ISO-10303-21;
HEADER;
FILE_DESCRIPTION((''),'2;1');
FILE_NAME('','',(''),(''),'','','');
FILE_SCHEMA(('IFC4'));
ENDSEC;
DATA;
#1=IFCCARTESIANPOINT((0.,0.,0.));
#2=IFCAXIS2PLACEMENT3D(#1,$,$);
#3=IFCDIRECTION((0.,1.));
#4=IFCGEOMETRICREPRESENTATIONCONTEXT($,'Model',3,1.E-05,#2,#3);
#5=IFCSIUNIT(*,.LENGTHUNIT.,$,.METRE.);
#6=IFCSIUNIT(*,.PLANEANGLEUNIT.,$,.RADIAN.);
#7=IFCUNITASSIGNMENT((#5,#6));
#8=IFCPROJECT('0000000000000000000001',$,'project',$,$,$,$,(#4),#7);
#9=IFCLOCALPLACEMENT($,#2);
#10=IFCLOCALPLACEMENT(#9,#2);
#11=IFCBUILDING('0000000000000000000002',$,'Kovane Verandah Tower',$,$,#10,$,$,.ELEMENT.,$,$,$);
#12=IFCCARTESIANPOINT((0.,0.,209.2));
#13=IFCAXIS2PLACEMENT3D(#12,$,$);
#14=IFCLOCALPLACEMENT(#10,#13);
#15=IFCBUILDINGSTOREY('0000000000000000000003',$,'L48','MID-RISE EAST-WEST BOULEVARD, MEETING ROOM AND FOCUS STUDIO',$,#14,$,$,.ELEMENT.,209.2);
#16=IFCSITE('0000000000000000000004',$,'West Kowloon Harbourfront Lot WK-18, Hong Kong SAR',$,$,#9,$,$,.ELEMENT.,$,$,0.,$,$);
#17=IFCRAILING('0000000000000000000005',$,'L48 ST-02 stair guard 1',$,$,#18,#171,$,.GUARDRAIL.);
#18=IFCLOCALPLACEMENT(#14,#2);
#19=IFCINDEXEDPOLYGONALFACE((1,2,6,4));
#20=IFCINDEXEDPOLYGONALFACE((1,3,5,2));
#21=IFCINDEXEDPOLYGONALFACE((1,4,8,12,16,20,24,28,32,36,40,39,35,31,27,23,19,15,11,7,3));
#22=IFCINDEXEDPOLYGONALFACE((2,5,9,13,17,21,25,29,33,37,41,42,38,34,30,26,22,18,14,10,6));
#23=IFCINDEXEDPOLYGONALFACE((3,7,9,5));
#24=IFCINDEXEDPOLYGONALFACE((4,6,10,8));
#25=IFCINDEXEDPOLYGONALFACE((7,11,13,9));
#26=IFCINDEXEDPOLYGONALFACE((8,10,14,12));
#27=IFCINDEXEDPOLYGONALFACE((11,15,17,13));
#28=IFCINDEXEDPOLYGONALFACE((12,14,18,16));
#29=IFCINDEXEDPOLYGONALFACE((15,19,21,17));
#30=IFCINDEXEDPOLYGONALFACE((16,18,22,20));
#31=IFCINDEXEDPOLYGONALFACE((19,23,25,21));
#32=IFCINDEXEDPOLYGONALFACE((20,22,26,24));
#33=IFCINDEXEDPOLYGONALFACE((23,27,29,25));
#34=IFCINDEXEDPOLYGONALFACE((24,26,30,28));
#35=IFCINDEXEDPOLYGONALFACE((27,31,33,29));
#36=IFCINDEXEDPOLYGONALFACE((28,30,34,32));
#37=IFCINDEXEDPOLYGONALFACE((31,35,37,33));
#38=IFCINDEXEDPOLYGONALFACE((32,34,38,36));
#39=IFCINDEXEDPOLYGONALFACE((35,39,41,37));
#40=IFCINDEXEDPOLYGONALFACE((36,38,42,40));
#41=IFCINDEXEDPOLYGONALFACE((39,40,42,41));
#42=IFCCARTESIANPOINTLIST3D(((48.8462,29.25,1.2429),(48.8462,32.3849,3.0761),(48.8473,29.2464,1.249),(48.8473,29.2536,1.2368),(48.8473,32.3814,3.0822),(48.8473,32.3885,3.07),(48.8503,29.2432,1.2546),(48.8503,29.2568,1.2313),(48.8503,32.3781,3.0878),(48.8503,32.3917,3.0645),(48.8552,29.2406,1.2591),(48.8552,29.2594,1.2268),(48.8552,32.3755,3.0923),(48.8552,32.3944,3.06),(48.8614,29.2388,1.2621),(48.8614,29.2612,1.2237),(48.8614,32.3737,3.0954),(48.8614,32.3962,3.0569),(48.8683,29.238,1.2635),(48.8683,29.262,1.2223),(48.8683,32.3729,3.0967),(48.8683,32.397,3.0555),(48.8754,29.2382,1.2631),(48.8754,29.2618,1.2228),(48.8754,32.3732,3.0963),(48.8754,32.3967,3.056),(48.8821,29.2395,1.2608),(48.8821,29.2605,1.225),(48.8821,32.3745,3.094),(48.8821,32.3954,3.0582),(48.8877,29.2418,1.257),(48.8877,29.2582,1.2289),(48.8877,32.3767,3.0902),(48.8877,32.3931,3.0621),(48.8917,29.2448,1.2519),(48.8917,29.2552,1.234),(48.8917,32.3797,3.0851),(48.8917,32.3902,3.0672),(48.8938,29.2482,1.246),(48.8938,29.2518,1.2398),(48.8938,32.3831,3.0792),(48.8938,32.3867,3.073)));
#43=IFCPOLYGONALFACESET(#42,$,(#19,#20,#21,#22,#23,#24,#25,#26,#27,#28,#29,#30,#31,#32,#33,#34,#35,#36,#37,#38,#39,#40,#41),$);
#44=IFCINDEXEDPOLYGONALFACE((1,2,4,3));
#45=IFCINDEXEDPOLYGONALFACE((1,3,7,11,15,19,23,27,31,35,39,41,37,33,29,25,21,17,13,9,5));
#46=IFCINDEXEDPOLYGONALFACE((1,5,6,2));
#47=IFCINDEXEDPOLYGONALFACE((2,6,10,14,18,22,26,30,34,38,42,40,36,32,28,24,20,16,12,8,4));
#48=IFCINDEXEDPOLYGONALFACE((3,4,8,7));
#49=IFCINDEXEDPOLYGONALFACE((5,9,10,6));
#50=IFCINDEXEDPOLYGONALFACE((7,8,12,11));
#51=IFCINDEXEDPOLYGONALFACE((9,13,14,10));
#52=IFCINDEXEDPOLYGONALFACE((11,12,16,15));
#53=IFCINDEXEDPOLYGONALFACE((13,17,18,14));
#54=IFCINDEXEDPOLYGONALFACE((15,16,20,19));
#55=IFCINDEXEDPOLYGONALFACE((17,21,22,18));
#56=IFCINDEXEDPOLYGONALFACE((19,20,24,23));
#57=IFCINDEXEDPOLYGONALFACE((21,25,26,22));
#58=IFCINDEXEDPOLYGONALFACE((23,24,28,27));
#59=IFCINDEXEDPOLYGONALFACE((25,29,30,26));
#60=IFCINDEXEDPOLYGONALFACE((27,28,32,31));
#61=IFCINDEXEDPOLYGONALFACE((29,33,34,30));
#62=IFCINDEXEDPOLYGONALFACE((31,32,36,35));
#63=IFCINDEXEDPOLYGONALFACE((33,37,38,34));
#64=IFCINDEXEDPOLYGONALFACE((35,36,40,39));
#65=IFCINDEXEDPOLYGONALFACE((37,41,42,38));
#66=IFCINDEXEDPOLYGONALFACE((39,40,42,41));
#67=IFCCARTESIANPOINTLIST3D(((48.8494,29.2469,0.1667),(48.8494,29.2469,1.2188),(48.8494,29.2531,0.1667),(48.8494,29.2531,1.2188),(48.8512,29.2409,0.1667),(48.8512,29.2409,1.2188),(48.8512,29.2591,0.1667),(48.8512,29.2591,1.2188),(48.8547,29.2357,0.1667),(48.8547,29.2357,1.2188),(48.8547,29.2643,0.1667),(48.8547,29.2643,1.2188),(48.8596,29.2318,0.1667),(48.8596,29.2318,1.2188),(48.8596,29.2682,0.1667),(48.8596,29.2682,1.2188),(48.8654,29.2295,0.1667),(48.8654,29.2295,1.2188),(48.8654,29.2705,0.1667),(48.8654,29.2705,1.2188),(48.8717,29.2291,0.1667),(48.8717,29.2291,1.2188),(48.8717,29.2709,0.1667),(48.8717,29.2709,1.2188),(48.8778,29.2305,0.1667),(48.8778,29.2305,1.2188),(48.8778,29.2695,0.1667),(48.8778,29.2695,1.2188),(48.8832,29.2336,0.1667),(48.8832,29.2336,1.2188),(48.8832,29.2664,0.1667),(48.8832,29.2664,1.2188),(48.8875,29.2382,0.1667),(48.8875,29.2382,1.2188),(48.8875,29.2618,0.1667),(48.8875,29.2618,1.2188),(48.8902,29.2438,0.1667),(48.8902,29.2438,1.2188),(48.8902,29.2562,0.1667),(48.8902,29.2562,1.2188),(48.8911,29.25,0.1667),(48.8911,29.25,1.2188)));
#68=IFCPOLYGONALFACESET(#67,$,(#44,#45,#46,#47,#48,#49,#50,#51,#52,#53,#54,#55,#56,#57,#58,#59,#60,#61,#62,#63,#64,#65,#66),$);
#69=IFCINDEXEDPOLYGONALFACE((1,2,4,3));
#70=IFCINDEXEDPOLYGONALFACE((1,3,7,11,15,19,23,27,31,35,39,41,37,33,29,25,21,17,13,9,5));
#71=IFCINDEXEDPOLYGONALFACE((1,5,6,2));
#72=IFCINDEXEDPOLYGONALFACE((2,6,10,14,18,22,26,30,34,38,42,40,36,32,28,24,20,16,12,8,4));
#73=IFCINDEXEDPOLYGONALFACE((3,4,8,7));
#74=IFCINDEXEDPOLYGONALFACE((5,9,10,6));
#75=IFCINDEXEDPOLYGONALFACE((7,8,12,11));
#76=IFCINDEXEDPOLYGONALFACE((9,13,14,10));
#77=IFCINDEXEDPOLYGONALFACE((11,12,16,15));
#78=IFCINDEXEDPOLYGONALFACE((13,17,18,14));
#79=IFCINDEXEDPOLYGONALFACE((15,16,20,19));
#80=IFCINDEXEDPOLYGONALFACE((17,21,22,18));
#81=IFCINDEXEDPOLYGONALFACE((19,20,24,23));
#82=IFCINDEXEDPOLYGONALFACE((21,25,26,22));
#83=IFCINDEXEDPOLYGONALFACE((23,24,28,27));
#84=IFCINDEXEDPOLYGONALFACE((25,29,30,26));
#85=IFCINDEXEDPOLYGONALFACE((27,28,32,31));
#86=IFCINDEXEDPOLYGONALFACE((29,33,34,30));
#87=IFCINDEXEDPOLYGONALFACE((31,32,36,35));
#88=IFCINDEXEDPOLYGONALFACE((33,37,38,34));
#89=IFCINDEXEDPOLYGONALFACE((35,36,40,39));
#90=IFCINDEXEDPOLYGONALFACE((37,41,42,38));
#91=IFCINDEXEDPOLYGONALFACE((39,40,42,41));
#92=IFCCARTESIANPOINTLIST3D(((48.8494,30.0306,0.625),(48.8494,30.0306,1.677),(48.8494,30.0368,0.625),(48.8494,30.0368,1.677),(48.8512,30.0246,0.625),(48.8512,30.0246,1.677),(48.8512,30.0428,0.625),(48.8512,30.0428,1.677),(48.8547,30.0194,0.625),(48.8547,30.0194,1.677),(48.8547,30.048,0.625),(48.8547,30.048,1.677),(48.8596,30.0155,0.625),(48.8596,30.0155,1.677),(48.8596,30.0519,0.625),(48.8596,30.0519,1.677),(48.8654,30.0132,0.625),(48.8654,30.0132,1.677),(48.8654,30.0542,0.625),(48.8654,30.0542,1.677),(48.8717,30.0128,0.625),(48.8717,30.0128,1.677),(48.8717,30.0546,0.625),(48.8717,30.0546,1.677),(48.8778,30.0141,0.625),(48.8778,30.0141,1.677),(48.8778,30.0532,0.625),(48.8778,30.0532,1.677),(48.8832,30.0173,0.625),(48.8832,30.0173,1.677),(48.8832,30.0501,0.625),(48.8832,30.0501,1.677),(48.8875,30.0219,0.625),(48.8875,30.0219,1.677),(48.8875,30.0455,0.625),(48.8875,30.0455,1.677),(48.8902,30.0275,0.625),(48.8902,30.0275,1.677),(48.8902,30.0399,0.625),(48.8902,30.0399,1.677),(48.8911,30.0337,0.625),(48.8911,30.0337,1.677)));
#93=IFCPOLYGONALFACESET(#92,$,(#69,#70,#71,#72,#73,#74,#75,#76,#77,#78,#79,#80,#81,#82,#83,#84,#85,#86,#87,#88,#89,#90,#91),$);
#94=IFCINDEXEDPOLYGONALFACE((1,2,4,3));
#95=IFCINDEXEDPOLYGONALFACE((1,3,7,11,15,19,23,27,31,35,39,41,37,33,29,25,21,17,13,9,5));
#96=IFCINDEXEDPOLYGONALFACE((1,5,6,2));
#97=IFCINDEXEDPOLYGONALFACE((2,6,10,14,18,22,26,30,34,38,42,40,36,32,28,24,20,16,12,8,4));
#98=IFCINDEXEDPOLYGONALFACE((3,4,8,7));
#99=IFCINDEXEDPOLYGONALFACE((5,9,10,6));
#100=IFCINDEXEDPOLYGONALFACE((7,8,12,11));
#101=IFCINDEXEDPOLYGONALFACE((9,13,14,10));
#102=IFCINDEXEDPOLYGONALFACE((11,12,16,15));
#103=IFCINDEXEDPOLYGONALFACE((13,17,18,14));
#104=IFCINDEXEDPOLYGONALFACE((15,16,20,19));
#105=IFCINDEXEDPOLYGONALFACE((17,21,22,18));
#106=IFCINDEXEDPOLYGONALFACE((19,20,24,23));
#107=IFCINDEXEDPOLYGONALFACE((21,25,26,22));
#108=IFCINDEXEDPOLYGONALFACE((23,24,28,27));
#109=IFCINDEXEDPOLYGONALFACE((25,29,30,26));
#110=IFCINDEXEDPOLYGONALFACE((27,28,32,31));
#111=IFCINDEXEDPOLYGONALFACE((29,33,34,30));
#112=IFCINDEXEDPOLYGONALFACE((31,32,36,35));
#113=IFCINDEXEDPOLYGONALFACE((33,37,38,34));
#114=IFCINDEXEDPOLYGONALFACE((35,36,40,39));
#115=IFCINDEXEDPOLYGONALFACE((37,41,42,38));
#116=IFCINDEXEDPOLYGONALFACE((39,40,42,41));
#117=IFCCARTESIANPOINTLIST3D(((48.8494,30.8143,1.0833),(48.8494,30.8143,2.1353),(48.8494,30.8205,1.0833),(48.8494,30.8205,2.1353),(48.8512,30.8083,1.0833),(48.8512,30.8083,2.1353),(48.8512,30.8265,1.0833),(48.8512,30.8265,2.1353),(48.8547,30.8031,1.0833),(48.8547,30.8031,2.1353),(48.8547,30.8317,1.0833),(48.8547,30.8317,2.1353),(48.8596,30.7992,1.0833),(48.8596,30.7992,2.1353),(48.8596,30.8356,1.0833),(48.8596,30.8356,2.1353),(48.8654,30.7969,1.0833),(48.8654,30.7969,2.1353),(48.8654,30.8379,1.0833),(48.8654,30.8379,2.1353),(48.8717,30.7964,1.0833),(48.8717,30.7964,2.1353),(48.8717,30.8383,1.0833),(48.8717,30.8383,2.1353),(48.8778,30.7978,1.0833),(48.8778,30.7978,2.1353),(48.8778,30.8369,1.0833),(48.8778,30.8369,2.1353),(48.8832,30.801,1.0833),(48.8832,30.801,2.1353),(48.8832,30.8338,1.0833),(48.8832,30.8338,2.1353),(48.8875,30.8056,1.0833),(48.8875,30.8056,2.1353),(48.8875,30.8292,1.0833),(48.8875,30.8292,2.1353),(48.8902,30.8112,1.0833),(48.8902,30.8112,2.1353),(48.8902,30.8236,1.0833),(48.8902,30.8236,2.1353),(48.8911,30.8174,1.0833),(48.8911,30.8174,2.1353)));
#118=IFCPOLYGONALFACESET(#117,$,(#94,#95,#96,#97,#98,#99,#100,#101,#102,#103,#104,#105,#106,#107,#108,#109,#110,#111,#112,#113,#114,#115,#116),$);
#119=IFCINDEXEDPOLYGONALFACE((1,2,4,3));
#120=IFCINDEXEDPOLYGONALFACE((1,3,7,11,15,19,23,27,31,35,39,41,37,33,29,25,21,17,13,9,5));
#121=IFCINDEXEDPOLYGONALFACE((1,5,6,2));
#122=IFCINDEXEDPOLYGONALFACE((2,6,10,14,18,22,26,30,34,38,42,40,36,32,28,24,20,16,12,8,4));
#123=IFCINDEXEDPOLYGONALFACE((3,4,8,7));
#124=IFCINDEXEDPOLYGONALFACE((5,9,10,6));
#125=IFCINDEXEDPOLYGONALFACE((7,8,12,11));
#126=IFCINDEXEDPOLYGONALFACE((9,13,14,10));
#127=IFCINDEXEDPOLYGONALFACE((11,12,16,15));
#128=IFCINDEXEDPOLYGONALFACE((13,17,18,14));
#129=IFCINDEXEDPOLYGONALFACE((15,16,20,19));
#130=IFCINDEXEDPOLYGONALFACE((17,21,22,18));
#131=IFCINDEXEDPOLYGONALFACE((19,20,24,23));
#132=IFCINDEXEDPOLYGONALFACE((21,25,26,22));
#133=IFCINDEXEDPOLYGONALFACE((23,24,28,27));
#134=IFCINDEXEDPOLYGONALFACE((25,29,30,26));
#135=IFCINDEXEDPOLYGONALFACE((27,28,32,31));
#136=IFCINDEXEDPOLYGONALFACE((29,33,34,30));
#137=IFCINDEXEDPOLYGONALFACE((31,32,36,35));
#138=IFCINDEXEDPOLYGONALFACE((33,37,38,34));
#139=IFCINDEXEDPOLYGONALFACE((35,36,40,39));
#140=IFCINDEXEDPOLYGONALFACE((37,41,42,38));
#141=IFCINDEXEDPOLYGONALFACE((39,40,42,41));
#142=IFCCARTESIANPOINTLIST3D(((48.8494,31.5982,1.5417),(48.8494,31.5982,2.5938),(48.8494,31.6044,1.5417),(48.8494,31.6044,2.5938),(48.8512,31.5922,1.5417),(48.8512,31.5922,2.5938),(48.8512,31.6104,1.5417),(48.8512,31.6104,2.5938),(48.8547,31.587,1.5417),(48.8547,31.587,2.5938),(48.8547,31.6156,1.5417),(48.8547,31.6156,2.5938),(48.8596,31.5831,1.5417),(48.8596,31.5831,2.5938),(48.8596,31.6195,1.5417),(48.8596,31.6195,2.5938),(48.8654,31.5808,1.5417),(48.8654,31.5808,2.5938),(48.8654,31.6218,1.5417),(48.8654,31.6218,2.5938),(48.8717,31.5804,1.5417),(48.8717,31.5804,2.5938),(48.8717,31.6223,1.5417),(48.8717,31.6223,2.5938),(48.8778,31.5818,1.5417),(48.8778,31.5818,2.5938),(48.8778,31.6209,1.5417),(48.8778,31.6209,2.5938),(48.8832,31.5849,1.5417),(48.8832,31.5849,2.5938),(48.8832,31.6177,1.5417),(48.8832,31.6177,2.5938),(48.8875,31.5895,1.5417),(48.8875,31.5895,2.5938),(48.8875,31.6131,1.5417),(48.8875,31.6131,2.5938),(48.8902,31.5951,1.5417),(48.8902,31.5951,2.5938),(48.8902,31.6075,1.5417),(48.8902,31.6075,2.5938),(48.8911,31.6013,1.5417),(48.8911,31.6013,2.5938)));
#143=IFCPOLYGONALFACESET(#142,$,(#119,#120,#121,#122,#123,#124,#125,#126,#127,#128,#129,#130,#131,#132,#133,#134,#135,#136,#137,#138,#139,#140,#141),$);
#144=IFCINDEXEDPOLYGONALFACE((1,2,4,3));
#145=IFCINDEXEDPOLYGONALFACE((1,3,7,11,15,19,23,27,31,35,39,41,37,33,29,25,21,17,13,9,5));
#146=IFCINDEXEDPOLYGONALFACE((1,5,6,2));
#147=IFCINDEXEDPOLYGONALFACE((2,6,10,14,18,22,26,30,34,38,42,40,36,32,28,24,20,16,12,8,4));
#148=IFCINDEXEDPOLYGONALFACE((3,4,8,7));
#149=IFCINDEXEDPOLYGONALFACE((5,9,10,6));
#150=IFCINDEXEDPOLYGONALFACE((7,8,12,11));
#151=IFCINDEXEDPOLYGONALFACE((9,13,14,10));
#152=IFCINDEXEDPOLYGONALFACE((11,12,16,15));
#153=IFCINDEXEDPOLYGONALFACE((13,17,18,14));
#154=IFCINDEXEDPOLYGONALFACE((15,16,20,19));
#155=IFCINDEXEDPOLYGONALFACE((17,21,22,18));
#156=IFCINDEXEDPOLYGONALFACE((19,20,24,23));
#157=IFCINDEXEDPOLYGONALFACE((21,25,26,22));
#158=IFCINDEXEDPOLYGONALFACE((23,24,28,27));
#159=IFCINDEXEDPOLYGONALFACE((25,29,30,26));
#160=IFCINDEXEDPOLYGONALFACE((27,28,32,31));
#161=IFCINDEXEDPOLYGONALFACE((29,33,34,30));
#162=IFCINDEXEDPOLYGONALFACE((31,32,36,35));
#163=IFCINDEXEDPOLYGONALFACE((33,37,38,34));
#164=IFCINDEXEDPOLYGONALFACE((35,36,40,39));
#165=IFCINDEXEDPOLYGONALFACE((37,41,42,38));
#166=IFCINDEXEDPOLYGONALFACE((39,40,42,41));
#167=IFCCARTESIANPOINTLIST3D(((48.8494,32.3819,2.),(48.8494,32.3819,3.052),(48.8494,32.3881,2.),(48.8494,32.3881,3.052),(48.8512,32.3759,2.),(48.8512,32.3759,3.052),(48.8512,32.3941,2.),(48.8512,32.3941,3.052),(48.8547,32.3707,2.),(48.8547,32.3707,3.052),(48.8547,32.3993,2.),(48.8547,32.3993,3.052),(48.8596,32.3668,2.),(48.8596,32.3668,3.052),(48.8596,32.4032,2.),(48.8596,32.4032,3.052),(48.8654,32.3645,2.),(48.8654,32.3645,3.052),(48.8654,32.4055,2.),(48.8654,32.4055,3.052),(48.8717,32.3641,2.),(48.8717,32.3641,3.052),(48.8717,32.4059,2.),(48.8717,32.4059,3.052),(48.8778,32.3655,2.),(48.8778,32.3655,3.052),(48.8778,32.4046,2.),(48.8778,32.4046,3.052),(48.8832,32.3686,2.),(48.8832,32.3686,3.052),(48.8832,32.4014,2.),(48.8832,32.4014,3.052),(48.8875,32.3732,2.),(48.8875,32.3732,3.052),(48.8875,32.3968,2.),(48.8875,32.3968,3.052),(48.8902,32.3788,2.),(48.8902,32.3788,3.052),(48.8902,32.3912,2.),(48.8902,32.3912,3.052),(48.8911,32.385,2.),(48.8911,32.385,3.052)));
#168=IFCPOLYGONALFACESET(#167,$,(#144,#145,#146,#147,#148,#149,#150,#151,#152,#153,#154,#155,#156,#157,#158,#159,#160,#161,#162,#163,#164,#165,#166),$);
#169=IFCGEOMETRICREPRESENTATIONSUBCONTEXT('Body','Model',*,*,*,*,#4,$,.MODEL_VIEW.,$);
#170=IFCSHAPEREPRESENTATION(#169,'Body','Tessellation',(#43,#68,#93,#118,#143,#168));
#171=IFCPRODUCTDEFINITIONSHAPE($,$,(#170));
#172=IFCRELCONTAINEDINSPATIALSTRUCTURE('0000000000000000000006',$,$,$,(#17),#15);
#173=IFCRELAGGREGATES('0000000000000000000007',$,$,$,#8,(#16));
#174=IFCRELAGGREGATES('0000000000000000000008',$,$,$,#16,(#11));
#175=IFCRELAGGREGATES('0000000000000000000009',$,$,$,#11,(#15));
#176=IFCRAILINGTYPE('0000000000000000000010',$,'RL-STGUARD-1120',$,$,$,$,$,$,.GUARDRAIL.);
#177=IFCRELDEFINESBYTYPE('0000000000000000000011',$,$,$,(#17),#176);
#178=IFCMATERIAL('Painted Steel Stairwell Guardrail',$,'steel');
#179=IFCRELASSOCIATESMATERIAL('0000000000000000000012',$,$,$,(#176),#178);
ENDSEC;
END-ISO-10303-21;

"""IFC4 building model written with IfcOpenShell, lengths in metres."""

from ifc_helpers import new_model, si_unit, direction, frame, origin, origin_2d, place, context, subcontext, project, spatial, circle, extrude, material, type_object, element, save


model = new_model("IFC4")

# Units and contexts
model_context = context("Model", 3, precision=1e-05, world=origin(), true_north=direction((0.0, 1.0)))
body_context = subcontext(model_context, "Body", "Model", "MODEL_VIEW")
ifc_project = project(units=[si_unit("LENGTHUNIT", "METRE"), si_unit("PLANEANGLEUNIT", "RADIAN")], contexts=[model_context])

# Site, building, storey
site_placement = place(None, origin())
site = spatial("IfcSite", under=ifc_project, at=site_placement, Name="West Kowloon Harbourfront Lot WK-18, Hong Kong SAR", CompositionType="ELEMENT", RefElevation=0.0)
building_placement = place(site_placement, origin())
building = spatial("IfcBuilding", under=site, at=building_placement, Name="Kovane Verandah Tower", CompositionType="ELEMENT")
storey_placement = place(building_placement, frame((0.0, 0.0, 209.2)))
storey = spatial("IfcBuildingStorey", under=building, at=storey_placement, Name="L48", Description="MID-RISE EAST-WEST BOULEVARD, MEETING ROOM AND FOCUS STUDIO", CompositionType="ELEMENT", Elevation=209.2)

# Railing
ifc_material_1 = material(Name="Painted Steel Stairwell Guardrail", Category="steel")
railing_type_1 = type_object("IfcRailingType", Name="RL-STGUARD-1120", PredefinedType="GUARDRAIL", material=ifc_material_1)
railing_1_placement = place(storey_placement, frame((48.8701, 29.25, 0.1667)))
element("IfcRailing", 1, at=railing_1_placement, inside=storey, type_object=railing_type_1, Name="L48 ST-02 stair guard 1", PredefinedType="GUARDRAIL", context=body_context, shape_type="SweptSolid", body=[
    extrude(circle(Radius=0.0239, at=origin_2d()), frame((0.0, 0.0, 1.0762), z_axis=(0.0, 0.86324, 0.504794), x_axis=(-1.0, 0.0, 0.0)), (0.0, 0.0, 1.0), 3.6316),
    extrude(circle(Radius=0.021, at=origin_2d()), origin(), (0.0, 0.0, 1.0), 1.052),
    extrude(circle(Radius=0.021, at=origin_2d()), frame((0.0, 0.7837, 0.4583)), (0.0, 0.0, 1.0), 1.052),
    extrude(circle(Radius=0.021, at=origin_2d()), frame((0.0, 1.5674, 0.9165)), (0.0, 0.0, 1.0), 1.052),
    extrude(circle(Radius=0.021, at=origin_2d()), frame((0.0, 2.3513, 1.375)), (0.0, 0.0, 1.0), 1.052),
    extrude(circle(Radius=0.021, at=origin_2d()), frame((0.0, 3.135, 1.8333)), (0.0, 0.0, 1.0), 1.052),
])

save(model, "model.ifc")
